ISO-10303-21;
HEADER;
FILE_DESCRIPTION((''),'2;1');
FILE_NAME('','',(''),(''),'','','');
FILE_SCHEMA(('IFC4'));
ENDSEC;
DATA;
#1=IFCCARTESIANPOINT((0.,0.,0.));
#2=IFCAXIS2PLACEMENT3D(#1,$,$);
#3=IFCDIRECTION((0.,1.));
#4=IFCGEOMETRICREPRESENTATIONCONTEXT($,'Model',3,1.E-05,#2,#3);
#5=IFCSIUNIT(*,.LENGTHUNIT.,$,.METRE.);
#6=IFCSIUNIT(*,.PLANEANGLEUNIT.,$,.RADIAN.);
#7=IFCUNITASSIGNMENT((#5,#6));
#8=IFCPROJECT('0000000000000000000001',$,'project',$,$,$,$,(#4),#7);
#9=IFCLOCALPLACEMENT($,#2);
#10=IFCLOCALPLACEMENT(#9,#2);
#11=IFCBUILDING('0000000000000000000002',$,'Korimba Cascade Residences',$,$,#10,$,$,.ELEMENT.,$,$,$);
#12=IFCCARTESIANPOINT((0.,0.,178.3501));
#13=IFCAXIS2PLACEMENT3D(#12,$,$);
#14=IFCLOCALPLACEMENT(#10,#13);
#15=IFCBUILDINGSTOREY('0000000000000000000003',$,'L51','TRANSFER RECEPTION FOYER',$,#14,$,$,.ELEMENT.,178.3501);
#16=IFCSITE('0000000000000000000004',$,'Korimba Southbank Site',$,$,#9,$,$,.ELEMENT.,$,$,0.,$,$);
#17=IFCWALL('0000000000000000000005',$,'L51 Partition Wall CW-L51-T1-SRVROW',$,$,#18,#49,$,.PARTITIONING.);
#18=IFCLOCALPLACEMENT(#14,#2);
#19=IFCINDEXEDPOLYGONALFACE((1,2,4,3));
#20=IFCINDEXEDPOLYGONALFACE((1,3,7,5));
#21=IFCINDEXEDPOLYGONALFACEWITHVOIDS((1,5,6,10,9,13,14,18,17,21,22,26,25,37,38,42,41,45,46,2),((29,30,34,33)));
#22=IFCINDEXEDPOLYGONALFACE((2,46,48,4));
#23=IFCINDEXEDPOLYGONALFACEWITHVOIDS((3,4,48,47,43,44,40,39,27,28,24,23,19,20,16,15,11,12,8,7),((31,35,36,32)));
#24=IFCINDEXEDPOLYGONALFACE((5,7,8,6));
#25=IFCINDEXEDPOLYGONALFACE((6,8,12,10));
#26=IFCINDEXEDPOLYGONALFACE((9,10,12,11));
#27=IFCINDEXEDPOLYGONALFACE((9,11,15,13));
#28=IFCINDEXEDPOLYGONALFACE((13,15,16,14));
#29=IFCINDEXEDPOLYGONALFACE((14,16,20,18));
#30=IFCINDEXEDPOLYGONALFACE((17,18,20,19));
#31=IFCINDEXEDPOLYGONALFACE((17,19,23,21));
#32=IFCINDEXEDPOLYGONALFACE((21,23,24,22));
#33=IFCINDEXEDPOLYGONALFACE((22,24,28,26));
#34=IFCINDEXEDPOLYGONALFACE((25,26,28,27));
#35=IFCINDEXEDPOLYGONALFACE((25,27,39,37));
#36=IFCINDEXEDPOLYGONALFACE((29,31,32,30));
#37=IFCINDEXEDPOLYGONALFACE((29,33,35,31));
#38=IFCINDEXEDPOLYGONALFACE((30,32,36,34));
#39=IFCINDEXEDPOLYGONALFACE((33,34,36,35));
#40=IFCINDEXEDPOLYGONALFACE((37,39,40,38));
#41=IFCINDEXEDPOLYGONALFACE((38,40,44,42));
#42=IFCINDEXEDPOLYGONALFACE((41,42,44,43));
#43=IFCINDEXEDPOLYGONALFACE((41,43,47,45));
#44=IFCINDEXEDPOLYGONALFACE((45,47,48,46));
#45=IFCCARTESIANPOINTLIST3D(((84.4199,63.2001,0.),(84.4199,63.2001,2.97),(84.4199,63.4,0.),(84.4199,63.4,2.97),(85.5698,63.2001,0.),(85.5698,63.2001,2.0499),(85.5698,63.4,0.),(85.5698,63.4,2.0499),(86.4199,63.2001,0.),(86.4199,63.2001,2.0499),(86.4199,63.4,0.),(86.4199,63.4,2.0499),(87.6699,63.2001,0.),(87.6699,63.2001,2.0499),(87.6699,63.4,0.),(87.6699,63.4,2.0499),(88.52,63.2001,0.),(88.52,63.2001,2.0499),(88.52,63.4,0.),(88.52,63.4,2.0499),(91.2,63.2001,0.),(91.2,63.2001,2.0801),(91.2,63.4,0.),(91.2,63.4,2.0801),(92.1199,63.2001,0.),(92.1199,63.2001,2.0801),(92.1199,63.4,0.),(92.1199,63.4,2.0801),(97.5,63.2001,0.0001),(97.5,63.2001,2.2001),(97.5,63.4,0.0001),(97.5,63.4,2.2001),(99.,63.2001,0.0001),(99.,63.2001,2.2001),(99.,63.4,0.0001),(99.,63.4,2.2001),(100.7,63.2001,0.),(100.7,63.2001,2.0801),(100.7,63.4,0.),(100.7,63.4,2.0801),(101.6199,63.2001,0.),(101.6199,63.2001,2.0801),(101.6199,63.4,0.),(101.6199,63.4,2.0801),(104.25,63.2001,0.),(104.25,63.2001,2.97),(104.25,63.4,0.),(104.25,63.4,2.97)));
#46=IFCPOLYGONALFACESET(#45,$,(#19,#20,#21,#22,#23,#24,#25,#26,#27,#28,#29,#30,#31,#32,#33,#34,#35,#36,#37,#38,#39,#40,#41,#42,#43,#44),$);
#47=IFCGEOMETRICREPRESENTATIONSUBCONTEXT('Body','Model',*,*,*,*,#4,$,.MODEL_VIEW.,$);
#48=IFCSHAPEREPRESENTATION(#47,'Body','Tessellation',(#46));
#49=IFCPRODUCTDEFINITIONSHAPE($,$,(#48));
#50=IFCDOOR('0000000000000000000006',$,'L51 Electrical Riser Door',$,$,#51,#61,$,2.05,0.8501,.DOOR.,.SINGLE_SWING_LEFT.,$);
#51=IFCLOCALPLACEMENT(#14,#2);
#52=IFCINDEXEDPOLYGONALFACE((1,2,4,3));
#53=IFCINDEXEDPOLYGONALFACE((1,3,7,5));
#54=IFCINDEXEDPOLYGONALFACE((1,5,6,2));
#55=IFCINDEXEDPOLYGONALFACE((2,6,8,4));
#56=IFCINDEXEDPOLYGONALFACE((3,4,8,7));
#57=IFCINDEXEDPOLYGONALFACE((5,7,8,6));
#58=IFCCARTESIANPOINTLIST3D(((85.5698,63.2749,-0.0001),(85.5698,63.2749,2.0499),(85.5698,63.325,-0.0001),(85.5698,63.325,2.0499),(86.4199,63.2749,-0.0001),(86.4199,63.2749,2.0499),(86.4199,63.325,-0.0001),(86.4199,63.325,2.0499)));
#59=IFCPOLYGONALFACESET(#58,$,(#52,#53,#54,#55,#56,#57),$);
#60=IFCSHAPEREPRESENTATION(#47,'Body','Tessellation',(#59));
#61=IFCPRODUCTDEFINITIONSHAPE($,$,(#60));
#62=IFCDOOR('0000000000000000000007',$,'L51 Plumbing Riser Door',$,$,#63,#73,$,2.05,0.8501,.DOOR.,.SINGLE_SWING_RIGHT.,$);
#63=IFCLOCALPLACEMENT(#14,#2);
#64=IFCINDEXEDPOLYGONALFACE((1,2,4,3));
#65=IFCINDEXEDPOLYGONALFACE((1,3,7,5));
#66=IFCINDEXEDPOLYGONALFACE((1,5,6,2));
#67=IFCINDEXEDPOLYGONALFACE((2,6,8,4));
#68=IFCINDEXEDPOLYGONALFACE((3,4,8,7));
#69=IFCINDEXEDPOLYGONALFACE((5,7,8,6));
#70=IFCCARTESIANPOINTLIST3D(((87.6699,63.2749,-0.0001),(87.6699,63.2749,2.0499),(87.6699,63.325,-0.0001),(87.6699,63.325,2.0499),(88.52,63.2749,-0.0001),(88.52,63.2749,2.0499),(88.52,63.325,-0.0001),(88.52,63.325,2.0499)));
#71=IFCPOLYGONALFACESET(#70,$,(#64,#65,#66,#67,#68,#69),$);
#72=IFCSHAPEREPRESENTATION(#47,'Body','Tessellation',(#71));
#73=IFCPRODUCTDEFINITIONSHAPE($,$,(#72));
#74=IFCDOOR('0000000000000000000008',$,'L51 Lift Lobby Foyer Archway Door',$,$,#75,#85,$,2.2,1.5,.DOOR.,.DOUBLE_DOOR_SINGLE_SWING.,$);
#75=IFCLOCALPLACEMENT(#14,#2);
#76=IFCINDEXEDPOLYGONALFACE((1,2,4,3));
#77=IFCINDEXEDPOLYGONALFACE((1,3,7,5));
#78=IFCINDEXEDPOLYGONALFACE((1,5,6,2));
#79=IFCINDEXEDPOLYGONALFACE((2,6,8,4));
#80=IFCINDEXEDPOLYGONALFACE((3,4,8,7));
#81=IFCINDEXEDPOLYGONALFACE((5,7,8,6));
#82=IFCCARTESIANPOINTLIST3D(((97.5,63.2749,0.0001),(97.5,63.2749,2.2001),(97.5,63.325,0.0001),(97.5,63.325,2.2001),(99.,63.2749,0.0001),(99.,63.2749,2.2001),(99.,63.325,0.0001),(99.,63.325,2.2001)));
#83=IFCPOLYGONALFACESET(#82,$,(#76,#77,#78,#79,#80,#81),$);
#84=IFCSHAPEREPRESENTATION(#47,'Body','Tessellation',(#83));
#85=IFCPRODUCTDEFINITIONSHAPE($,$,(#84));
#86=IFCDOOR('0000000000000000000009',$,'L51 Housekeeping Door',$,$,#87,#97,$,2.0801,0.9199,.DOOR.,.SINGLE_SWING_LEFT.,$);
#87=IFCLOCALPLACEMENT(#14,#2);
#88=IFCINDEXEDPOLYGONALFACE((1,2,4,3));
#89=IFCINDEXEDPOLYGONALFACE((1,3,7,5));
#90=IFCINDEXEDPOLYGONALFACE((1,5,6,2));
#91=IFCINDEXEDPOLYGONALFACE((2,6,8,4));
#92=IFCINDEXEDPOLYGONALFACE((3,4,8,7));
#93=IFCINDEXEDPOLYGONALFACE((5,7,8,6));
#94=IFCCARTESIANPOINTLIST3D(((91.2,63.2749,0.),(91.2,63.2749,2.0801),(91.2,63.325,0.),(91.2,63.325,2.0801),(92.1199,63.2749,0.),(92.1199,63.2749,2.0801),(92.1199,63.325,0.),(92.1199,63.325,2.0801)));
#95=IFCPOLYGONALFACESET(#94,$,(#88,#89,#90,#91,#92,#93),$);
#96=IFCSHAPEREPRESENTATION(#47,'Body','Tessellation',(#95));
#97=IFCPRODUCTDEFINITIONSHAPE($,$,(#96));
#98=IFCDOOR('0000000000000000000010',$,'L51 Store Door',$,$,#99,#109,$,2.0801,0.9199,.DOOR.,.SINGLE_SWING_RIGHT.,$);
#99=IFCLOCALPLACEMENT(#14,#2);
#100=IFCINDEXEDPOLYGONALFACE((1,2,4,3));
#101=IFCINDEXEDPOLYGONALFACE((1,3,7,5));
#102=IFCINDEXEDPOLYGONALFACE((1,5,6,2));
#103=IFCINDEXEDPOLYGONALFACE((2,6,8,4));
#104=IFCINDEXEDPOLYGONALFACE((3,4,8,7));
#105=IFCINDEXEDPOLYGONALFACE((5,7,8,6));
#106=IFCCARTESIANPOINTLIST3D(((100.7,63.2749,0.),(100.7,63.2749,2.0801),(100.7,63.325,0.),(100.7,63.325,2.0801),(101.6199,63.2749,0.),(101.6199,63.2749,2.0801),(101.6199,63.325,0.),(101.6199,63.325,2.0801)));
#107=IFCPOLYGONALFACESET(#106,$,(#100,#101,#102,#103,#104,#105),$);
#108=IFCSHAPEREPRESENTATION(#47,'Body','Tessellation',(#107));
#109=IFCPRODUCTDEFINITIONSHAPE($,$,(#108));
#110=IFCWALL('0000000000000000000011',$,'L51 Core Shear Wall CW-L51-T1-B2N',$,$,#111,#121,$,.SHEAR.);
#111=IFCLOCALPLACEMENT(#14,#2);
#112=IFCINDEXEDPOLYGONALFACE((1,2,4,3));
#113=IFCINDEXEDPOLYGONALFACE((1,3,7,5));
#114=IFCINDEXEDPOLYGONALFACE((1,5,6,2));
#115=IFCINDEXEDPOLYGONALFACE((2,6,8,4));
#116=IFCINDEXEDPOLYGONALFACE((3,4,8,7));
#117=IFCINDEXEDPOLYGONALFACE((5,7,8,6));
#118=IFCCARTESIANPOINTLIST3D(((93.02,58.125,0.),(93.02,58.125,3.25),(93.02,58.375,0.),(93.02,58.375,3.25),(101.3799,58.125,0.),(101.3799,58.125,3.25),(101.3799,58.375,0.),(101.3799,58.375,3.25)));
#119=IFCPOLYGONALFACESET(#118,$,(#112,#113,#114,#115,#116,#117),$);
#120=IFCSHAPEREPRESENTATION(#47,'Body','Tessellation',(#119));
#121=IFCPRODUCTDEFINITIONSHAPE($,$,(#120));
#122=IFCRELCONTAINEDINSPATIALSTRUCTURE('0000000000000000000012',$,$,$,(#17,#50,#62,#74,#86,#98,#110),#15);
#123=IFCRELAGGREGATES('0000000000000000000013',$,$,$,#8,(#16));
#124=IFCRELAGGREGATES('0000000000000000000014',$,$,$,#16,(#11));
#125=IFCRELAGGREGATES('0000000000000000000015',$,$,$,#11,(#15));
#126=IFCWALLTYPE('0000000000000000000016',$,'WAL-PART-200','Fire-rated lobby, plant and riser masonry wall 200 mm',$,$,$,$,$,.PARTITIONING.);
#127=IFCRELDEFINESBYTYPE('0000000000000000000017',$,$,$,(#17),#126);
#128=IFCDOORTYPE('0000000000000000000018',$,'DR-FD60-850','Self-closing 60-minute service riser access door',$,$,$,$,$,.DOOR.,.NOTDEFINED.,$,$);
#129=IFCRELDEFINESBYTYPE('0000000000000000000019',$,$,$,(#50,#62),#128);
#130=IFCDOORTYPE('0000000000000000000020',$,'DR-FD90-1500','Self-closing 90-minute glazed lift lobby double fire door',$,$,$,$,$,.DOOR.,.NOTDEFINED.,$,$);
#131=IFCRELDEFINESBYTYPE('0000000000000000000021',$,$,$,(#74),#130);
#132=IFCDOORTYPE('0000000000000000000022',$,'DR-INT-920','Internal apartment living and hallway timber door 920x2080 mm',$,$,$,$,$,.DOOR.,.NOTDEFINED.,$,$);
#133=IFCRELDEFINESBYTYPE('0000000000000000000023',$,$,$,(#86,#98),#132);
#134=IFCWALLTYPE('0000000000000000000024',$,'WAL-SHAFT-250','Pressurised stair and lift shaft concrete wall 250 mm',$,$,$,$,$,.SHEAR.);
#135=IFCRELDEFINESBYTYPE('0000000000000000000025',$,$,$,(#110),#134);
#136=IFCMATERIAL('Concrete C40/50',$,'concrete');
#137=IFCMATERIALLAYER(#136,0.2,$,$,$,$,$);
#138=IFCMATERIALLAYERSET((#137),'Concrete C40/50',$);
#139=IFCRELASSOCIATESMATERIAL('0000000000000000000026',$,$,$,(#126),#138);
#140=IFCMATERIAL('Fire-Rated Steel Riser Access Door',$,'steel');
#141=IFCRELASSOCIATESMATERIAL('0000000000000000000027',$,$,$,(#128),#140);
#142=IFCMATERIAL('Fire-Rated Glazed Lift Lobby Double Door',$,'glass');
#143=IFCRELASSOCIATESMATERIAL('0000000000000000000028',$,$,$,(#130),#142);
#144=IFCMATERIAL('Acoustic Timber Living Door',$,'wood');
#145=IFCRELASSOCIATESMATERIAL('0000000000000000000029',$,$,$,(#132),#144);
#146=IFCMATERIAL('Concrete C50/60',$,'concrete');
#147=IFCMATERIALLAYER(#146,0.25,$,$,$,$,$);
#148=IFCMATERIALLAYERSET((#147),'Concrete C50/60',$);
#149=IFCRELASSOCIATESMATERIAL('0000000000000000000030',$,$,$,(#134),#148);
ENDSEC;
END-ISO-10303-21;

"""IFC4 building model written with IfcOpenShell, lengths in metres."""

from ifc_helpers import new_model, si_unit, direction, frame, frame_2d, origin, place, context, subcontext, project, spatial, rectangle, extrude, material, layer, layer_set, type_object, element, fill, save


model = new_model("IFC4")

# Units and contexts
model_context = context("Model", 3, precision=1e-05, world=origin(), true_north=direction((0.0, 1.0)))
body_context = subcontext(model_context, "Body", "Model", "MODEL_VIEW")
ifc_project = project(units=[si_unit("LENGTHUNIT", "METRE"), si_unit("PLANEANGLEUNIT", "RADIAN")], contexts=[model_context])

# Site, building, storey
site_placement = place(None, origin())
site = spatial("IfcSite", under=ifc_project, at=site_placement, Name="Korimba Southbank Site", CompositionType="ELEMENT", RefElevation=0.0)
building_placement = place(site_placement, origin())
building = spatial("IfcBuilding", under=site, at=building_placement, Name="Korimba Cascade Residences", CompositionType="ELEMENT")
storey_placement = place(building_placement, frame((0.0, 0.0, 178.3501)))
storey = spatial("IfcBuildingStorey", under=building, at=storey_placement, Name="L51", Description="TRANSFER RECEPTION FOYER", CompositionType="ELEMENT", Elevation=178.3501)

# Shared definitions
ifc_material_1 = material(Name="Concrete C40/50", Category="concrete")
ifc_layer_1 = layer(ifc_material_1, 0.2)
ifc_layer_set_1 = layer_set([ifc_layer_1], Name="Concrete C40/50")
wall_type_1 = type_object("IfcWallType", Name="WAL-PART-200", Description="Fire-rated lobby, plant and riser masonry wall 200 mm", PredefinedType="PARTITIONING", material=ifc_layer_set_1)

# Wall, openings, doors
wall_1_placement = place(storey_placement, frame((84.4199, 63.3, 0.0), z_axis=(0.0, 0.0, 1.0), x_axis=(1.0, 0.0, 0.0)))
wall_1 = element("IfcWall", 1, at=wall_1_placement, inside=storey, type_object=wall_type_1, Name="L51 Partition Wall CW-L51-T1-SRVROW", PredefinedType="PARTITIONING", context=body_context, shape_type="SweptSolid", body=[
    extrude(rectangle(XDim=19.8301, YDim=0.2, at=frame_2d((9.915, 0.0))), origin(), (0.0, 0.0, 1.0), 2.97),
])
opening_1_placement = place(wall_1_placement, frame((1.1499, 0.0, 0.0)))
opening_1 = element("IfcOpeningElement", 2, at=opening_1_placement, cuts=wall_1, PredefinedType="OPENING", context=body_context, shape_type="SweptSolid", body=[
    extrude(rectangle(XDim=0.8501, YDim=2.05, at=frame_2d((0.425, 1.0249))), frame((0.0, 0.1099, 0.0), z_axis=(0.0, -1.0, 0.0), x_axis=(1.0, 0.0, 0.0)), (0.0, 0.0, 1.0), 0.22),
])
opening_2_placement = place(wall_1_placement, frame((3.25, 0.0, 0.0)))
opening_2 = element("IfcOpeningElement", 3, at=opening_2_placement, cuts=wall_1, PredefinedType="OPENING", context=body_context, shape_type="SweptSolid", body=[
    extrude(rectangle(XDim=0.8501, YDim=2.05, at=frame_2d((0.425, 1.0249))), frame((0.0, 0.1099, 0.0), z_axis=(0.0, -1.0, 0.0), x_axis=(1.0, 0.0, 0.0)), (0.0, 0.0, 1.0), 0.22),
])
opening_3_placement = place(wall_1_placement, frame((13.0801, 0.0, 0.0)))
opening_3 = element("IfcOpeningElement", 4, at=opening_3_placement, cuts=wall_1, PredefinedType="OPENING", context=body_context, shape_type="SweptSolid", body=[
    extrude(rectangle(XDim=1.5, YDim=2.2, at=frame_2d((0.75, 1.1001))), frame((0.0, 0.1099, 0.0), z_axis=(0.0, -1.0, 0.0), x_axis=(1.0, 0.0, 0.0)), (0.0, 0.0, 1.0), 0.22),
])
opening_4_placement = place(wall_1_placement, frame((6.78, 0.0, 0.0)))
opening_4 = element("IfcOpeningElement", 5, at=opening_4_placement, cuts=wall_1, PredefinedType="OPENING", context=body_context, shape_type="SweptSolid", body=[
    extrude(rectangle(XDim=0.9199, YDim=2.0801, at=frame_2d((0.46, 1.04))), frame((0.0, 0.1099, 0.0), z_axis=(0.0, -1.0, 0.0), x_axis=(1.0, 0.0, 0.0)), (0.0, 0.0, 1.0), 0.22),
])
opening_5_placement = place(wall_1_placement, frame((16.28, 0.0, 0.0)))
opening_5 = element("IfcOpeningElement", 6, at=opening_5_placement, cuts=wall_1, PredefinedType="OPENING", context=body_context, shape_type="SweptSolid", body=[
    extrude(rectangle(XDim=0.9199, YDim=2.0801, at=frame_2d((0.46, 1.04))), frame((0.0, 0.1099, 0.0), z_axis=(0.0, -1.0, 0.0), x_axis=(1.0, 0.0, 0.0)), (0.0, 0.0, 1.0), 0.22),
])
ifc_material_2 = material(Name="Fire-Rated Steel Riser Access Door", Category="steel")
door_type_1 = type_object("IfcDoorType", Name="DR-FD60-850", Description="Self-closing 60-minute service riser access door", OperationType="NOTDEFINED", PredefinedType="DOOR", material=ifc_material_2)
door_1_placement = place(opening_1_placement, origin())
door_1 = element("IfcDoor", 7, at=door_1_placement, inside=storey, type_object=door_type_1, Name="L51 Electrical Riser Door", OperationType="SINGLE_SWING_LEFT", OverallHeight=2.05, OverallWidth=0.8501, PredefinedType="DOOR", context=body_context, shape_type="SweptSolid", body=[
    extrude(rectangle(XDim=0.8501, YDim=2.05, at=frame_2d((0.425, 1.0249))), frame((0.0, 0.0249, 0.0), z_axis=(0.0, -1.0, 0.0), x_axis=(1.0, 0.0, 0.0)), (0.0, 0.0, 1.0), 0.05),
])
fill(opening_1, door_1)
door_2_placement = place(opening_2_placement, origin())
door_2 = element("IfcDoor", 8, at=door_2_placement, inside=storey, type_object=door_type_1, Name="L51 Plumbing Riser Door", OperationType="SINGLE_SWING_RIGHT", OverallHeight=2.05, OverallWidth=0.8501, PredefinedType="DOOR", context=body_context, shape_type="SweptSolid", body=[
    extrude(rectangle(XDim=0.8501, YDim=2.05, at=frame_2d((0.425, 1.0249))), frame((0.0, 0.0249, 0.0), z_axis=(0.0, -1.0, 0.0), x_axis=(1.0, 0.0, 0.0)), (0.0, 0.0, 1.0), 0.05),
])
fill(opening_2, door_2)
ifc_material_3 = material(Name="Fire-Rated Glazed Lift Lobby Double Door", Category="glass")
door_type_2 = type_object("IfcDoorType", Name="DR-FD90-1500", Description="Self-closing 90-minute glazed lift lobby double fire door", OperationType="NOTDEFINED", PredefinedType="DOOR", material=ifc_material_3)
door_3_placement = place(opening_3_placement, origin())
door_3 = element("IfcDoor", 9, at=door_3_placement, inside=storey, type_object=door_type_2, Name="L51 Lift Lobby Foyer Archway Door", OperationType="DOUBLE_DOOR_SINGLE_SWING", OverallHeight=2.2, OverallWidth=1.5, PredefinedType="DOOR", context=body_context, shape_type="SweptSolid", body=[
    extrude(rectangle(XDim=1.5, YDim=2.2, at=frame_2d((0.75, 1.1001))), frame((0.0, 0.0249, 0.0), z_axis=(0.0, -1.0, 0.0), x_axis=(1.0, 0.0, 0.0)), (0.0, 0.0, 1.0), 0.05),
])
fill(opening_3, door_3)
ifc_material_4 = material(Name="Acoustic Timber Living Door", Category="wood")
door_type_3 = type_object("IfcDoorType", Name="DR-INT-920", Description="Internal apartment living and hallway timber door 920x2080 mm", OperationType="NOTDEFINED", PredefinedType="DOOR", material=ifc_material_4)
door_4_placement = place(opening_4_placement, origin())
door_4 = element("IfcDoor", 10, at=door_4_placement, inside=storey, type_object=door_type_3, Name="L51 Housekeeping Door", OperationType="SINGLE_SWING_LEFT", OverallHeight=2.0801, OverallWidth=0.9199, PredefinedType="DOOR", context=body_context, shape_type="SweptSolid", body=[
    extrude(rectangle(XDim=0.9199, YDim=2.0801, at=frame_2d((0.46, 1.04))), frame((0.0, 0.0249, 0.0), z_axis=(0.0, -1.0, 0.0), x_axis=(1.0, 0.0, 0.0)), (0.0, 0.0, 1.0), 0.05),
])
fill(opening_4, door_4)
door_5_placement = place(opening_5_placement, origin())
door_5 = element("IfcDoor", 11, at=door_5_placement, inside=storey, type_object=door_type_3, Name="L51 Store Door", OperationType="SINGLE_SWING_RIGHT", OverallHeight=2.0801, OverallWidth=0.9199, PredefinedType="DOOR", context=body_context, shape_type="SweptSolid", body=[
    extrude(rectangle(XDim=0.9199, YDim=2.0801, at=frame_2d((0.46, 1.04))), frame((0.0, 0.0249, 0.0), z_axis=(0.0, -1.0, 0.0), x_axis=(1.0, 0.0, 0.0)), (0.0, 0.0, 1.0), 0.05),
])
fill(opening_5, door_5)

# Wall
ifc_material_5 = material(Name="Concrete C50/60", Category="concrete")
ifc_layer_2 = layer(ifc_material_5, 0.25)
ifc_layer_set_2 = layer_set([ifc_layer_2], Name="Concrete C50/60")
wall_type_2 = type_object("IfcWallType", Name="WAL-SHAFT-250", Description="Pressurised stair and lift shaft concrete wall 250 mm", PredefinedType="SHEAR", material=ifc_layer_set_2)
wall_2_placement = place(storey_placement, frame((93.02, 58.25, 0.0), z_axis=(0.0, 0.0, 1.0), x_axis=(1.0, 0.0, 0.0)))
element("IfcWall", 12, at=wall_2_placement, inside=storey, type_object=wall_type_2, Name="L51 Core Shear Wall CW-L51-T1-B2N", PredefinedType="SHEAR", context=body_context, shape_type="SweptSolid", body=[
    extrude(rectangle(XDim=8.3599, YDim=0.25, at=frame_2d((4.1799, 0.0))), origin(), (0.0, 0.0, 1.0), 3.25),
])

save(model, "model.ifc")
